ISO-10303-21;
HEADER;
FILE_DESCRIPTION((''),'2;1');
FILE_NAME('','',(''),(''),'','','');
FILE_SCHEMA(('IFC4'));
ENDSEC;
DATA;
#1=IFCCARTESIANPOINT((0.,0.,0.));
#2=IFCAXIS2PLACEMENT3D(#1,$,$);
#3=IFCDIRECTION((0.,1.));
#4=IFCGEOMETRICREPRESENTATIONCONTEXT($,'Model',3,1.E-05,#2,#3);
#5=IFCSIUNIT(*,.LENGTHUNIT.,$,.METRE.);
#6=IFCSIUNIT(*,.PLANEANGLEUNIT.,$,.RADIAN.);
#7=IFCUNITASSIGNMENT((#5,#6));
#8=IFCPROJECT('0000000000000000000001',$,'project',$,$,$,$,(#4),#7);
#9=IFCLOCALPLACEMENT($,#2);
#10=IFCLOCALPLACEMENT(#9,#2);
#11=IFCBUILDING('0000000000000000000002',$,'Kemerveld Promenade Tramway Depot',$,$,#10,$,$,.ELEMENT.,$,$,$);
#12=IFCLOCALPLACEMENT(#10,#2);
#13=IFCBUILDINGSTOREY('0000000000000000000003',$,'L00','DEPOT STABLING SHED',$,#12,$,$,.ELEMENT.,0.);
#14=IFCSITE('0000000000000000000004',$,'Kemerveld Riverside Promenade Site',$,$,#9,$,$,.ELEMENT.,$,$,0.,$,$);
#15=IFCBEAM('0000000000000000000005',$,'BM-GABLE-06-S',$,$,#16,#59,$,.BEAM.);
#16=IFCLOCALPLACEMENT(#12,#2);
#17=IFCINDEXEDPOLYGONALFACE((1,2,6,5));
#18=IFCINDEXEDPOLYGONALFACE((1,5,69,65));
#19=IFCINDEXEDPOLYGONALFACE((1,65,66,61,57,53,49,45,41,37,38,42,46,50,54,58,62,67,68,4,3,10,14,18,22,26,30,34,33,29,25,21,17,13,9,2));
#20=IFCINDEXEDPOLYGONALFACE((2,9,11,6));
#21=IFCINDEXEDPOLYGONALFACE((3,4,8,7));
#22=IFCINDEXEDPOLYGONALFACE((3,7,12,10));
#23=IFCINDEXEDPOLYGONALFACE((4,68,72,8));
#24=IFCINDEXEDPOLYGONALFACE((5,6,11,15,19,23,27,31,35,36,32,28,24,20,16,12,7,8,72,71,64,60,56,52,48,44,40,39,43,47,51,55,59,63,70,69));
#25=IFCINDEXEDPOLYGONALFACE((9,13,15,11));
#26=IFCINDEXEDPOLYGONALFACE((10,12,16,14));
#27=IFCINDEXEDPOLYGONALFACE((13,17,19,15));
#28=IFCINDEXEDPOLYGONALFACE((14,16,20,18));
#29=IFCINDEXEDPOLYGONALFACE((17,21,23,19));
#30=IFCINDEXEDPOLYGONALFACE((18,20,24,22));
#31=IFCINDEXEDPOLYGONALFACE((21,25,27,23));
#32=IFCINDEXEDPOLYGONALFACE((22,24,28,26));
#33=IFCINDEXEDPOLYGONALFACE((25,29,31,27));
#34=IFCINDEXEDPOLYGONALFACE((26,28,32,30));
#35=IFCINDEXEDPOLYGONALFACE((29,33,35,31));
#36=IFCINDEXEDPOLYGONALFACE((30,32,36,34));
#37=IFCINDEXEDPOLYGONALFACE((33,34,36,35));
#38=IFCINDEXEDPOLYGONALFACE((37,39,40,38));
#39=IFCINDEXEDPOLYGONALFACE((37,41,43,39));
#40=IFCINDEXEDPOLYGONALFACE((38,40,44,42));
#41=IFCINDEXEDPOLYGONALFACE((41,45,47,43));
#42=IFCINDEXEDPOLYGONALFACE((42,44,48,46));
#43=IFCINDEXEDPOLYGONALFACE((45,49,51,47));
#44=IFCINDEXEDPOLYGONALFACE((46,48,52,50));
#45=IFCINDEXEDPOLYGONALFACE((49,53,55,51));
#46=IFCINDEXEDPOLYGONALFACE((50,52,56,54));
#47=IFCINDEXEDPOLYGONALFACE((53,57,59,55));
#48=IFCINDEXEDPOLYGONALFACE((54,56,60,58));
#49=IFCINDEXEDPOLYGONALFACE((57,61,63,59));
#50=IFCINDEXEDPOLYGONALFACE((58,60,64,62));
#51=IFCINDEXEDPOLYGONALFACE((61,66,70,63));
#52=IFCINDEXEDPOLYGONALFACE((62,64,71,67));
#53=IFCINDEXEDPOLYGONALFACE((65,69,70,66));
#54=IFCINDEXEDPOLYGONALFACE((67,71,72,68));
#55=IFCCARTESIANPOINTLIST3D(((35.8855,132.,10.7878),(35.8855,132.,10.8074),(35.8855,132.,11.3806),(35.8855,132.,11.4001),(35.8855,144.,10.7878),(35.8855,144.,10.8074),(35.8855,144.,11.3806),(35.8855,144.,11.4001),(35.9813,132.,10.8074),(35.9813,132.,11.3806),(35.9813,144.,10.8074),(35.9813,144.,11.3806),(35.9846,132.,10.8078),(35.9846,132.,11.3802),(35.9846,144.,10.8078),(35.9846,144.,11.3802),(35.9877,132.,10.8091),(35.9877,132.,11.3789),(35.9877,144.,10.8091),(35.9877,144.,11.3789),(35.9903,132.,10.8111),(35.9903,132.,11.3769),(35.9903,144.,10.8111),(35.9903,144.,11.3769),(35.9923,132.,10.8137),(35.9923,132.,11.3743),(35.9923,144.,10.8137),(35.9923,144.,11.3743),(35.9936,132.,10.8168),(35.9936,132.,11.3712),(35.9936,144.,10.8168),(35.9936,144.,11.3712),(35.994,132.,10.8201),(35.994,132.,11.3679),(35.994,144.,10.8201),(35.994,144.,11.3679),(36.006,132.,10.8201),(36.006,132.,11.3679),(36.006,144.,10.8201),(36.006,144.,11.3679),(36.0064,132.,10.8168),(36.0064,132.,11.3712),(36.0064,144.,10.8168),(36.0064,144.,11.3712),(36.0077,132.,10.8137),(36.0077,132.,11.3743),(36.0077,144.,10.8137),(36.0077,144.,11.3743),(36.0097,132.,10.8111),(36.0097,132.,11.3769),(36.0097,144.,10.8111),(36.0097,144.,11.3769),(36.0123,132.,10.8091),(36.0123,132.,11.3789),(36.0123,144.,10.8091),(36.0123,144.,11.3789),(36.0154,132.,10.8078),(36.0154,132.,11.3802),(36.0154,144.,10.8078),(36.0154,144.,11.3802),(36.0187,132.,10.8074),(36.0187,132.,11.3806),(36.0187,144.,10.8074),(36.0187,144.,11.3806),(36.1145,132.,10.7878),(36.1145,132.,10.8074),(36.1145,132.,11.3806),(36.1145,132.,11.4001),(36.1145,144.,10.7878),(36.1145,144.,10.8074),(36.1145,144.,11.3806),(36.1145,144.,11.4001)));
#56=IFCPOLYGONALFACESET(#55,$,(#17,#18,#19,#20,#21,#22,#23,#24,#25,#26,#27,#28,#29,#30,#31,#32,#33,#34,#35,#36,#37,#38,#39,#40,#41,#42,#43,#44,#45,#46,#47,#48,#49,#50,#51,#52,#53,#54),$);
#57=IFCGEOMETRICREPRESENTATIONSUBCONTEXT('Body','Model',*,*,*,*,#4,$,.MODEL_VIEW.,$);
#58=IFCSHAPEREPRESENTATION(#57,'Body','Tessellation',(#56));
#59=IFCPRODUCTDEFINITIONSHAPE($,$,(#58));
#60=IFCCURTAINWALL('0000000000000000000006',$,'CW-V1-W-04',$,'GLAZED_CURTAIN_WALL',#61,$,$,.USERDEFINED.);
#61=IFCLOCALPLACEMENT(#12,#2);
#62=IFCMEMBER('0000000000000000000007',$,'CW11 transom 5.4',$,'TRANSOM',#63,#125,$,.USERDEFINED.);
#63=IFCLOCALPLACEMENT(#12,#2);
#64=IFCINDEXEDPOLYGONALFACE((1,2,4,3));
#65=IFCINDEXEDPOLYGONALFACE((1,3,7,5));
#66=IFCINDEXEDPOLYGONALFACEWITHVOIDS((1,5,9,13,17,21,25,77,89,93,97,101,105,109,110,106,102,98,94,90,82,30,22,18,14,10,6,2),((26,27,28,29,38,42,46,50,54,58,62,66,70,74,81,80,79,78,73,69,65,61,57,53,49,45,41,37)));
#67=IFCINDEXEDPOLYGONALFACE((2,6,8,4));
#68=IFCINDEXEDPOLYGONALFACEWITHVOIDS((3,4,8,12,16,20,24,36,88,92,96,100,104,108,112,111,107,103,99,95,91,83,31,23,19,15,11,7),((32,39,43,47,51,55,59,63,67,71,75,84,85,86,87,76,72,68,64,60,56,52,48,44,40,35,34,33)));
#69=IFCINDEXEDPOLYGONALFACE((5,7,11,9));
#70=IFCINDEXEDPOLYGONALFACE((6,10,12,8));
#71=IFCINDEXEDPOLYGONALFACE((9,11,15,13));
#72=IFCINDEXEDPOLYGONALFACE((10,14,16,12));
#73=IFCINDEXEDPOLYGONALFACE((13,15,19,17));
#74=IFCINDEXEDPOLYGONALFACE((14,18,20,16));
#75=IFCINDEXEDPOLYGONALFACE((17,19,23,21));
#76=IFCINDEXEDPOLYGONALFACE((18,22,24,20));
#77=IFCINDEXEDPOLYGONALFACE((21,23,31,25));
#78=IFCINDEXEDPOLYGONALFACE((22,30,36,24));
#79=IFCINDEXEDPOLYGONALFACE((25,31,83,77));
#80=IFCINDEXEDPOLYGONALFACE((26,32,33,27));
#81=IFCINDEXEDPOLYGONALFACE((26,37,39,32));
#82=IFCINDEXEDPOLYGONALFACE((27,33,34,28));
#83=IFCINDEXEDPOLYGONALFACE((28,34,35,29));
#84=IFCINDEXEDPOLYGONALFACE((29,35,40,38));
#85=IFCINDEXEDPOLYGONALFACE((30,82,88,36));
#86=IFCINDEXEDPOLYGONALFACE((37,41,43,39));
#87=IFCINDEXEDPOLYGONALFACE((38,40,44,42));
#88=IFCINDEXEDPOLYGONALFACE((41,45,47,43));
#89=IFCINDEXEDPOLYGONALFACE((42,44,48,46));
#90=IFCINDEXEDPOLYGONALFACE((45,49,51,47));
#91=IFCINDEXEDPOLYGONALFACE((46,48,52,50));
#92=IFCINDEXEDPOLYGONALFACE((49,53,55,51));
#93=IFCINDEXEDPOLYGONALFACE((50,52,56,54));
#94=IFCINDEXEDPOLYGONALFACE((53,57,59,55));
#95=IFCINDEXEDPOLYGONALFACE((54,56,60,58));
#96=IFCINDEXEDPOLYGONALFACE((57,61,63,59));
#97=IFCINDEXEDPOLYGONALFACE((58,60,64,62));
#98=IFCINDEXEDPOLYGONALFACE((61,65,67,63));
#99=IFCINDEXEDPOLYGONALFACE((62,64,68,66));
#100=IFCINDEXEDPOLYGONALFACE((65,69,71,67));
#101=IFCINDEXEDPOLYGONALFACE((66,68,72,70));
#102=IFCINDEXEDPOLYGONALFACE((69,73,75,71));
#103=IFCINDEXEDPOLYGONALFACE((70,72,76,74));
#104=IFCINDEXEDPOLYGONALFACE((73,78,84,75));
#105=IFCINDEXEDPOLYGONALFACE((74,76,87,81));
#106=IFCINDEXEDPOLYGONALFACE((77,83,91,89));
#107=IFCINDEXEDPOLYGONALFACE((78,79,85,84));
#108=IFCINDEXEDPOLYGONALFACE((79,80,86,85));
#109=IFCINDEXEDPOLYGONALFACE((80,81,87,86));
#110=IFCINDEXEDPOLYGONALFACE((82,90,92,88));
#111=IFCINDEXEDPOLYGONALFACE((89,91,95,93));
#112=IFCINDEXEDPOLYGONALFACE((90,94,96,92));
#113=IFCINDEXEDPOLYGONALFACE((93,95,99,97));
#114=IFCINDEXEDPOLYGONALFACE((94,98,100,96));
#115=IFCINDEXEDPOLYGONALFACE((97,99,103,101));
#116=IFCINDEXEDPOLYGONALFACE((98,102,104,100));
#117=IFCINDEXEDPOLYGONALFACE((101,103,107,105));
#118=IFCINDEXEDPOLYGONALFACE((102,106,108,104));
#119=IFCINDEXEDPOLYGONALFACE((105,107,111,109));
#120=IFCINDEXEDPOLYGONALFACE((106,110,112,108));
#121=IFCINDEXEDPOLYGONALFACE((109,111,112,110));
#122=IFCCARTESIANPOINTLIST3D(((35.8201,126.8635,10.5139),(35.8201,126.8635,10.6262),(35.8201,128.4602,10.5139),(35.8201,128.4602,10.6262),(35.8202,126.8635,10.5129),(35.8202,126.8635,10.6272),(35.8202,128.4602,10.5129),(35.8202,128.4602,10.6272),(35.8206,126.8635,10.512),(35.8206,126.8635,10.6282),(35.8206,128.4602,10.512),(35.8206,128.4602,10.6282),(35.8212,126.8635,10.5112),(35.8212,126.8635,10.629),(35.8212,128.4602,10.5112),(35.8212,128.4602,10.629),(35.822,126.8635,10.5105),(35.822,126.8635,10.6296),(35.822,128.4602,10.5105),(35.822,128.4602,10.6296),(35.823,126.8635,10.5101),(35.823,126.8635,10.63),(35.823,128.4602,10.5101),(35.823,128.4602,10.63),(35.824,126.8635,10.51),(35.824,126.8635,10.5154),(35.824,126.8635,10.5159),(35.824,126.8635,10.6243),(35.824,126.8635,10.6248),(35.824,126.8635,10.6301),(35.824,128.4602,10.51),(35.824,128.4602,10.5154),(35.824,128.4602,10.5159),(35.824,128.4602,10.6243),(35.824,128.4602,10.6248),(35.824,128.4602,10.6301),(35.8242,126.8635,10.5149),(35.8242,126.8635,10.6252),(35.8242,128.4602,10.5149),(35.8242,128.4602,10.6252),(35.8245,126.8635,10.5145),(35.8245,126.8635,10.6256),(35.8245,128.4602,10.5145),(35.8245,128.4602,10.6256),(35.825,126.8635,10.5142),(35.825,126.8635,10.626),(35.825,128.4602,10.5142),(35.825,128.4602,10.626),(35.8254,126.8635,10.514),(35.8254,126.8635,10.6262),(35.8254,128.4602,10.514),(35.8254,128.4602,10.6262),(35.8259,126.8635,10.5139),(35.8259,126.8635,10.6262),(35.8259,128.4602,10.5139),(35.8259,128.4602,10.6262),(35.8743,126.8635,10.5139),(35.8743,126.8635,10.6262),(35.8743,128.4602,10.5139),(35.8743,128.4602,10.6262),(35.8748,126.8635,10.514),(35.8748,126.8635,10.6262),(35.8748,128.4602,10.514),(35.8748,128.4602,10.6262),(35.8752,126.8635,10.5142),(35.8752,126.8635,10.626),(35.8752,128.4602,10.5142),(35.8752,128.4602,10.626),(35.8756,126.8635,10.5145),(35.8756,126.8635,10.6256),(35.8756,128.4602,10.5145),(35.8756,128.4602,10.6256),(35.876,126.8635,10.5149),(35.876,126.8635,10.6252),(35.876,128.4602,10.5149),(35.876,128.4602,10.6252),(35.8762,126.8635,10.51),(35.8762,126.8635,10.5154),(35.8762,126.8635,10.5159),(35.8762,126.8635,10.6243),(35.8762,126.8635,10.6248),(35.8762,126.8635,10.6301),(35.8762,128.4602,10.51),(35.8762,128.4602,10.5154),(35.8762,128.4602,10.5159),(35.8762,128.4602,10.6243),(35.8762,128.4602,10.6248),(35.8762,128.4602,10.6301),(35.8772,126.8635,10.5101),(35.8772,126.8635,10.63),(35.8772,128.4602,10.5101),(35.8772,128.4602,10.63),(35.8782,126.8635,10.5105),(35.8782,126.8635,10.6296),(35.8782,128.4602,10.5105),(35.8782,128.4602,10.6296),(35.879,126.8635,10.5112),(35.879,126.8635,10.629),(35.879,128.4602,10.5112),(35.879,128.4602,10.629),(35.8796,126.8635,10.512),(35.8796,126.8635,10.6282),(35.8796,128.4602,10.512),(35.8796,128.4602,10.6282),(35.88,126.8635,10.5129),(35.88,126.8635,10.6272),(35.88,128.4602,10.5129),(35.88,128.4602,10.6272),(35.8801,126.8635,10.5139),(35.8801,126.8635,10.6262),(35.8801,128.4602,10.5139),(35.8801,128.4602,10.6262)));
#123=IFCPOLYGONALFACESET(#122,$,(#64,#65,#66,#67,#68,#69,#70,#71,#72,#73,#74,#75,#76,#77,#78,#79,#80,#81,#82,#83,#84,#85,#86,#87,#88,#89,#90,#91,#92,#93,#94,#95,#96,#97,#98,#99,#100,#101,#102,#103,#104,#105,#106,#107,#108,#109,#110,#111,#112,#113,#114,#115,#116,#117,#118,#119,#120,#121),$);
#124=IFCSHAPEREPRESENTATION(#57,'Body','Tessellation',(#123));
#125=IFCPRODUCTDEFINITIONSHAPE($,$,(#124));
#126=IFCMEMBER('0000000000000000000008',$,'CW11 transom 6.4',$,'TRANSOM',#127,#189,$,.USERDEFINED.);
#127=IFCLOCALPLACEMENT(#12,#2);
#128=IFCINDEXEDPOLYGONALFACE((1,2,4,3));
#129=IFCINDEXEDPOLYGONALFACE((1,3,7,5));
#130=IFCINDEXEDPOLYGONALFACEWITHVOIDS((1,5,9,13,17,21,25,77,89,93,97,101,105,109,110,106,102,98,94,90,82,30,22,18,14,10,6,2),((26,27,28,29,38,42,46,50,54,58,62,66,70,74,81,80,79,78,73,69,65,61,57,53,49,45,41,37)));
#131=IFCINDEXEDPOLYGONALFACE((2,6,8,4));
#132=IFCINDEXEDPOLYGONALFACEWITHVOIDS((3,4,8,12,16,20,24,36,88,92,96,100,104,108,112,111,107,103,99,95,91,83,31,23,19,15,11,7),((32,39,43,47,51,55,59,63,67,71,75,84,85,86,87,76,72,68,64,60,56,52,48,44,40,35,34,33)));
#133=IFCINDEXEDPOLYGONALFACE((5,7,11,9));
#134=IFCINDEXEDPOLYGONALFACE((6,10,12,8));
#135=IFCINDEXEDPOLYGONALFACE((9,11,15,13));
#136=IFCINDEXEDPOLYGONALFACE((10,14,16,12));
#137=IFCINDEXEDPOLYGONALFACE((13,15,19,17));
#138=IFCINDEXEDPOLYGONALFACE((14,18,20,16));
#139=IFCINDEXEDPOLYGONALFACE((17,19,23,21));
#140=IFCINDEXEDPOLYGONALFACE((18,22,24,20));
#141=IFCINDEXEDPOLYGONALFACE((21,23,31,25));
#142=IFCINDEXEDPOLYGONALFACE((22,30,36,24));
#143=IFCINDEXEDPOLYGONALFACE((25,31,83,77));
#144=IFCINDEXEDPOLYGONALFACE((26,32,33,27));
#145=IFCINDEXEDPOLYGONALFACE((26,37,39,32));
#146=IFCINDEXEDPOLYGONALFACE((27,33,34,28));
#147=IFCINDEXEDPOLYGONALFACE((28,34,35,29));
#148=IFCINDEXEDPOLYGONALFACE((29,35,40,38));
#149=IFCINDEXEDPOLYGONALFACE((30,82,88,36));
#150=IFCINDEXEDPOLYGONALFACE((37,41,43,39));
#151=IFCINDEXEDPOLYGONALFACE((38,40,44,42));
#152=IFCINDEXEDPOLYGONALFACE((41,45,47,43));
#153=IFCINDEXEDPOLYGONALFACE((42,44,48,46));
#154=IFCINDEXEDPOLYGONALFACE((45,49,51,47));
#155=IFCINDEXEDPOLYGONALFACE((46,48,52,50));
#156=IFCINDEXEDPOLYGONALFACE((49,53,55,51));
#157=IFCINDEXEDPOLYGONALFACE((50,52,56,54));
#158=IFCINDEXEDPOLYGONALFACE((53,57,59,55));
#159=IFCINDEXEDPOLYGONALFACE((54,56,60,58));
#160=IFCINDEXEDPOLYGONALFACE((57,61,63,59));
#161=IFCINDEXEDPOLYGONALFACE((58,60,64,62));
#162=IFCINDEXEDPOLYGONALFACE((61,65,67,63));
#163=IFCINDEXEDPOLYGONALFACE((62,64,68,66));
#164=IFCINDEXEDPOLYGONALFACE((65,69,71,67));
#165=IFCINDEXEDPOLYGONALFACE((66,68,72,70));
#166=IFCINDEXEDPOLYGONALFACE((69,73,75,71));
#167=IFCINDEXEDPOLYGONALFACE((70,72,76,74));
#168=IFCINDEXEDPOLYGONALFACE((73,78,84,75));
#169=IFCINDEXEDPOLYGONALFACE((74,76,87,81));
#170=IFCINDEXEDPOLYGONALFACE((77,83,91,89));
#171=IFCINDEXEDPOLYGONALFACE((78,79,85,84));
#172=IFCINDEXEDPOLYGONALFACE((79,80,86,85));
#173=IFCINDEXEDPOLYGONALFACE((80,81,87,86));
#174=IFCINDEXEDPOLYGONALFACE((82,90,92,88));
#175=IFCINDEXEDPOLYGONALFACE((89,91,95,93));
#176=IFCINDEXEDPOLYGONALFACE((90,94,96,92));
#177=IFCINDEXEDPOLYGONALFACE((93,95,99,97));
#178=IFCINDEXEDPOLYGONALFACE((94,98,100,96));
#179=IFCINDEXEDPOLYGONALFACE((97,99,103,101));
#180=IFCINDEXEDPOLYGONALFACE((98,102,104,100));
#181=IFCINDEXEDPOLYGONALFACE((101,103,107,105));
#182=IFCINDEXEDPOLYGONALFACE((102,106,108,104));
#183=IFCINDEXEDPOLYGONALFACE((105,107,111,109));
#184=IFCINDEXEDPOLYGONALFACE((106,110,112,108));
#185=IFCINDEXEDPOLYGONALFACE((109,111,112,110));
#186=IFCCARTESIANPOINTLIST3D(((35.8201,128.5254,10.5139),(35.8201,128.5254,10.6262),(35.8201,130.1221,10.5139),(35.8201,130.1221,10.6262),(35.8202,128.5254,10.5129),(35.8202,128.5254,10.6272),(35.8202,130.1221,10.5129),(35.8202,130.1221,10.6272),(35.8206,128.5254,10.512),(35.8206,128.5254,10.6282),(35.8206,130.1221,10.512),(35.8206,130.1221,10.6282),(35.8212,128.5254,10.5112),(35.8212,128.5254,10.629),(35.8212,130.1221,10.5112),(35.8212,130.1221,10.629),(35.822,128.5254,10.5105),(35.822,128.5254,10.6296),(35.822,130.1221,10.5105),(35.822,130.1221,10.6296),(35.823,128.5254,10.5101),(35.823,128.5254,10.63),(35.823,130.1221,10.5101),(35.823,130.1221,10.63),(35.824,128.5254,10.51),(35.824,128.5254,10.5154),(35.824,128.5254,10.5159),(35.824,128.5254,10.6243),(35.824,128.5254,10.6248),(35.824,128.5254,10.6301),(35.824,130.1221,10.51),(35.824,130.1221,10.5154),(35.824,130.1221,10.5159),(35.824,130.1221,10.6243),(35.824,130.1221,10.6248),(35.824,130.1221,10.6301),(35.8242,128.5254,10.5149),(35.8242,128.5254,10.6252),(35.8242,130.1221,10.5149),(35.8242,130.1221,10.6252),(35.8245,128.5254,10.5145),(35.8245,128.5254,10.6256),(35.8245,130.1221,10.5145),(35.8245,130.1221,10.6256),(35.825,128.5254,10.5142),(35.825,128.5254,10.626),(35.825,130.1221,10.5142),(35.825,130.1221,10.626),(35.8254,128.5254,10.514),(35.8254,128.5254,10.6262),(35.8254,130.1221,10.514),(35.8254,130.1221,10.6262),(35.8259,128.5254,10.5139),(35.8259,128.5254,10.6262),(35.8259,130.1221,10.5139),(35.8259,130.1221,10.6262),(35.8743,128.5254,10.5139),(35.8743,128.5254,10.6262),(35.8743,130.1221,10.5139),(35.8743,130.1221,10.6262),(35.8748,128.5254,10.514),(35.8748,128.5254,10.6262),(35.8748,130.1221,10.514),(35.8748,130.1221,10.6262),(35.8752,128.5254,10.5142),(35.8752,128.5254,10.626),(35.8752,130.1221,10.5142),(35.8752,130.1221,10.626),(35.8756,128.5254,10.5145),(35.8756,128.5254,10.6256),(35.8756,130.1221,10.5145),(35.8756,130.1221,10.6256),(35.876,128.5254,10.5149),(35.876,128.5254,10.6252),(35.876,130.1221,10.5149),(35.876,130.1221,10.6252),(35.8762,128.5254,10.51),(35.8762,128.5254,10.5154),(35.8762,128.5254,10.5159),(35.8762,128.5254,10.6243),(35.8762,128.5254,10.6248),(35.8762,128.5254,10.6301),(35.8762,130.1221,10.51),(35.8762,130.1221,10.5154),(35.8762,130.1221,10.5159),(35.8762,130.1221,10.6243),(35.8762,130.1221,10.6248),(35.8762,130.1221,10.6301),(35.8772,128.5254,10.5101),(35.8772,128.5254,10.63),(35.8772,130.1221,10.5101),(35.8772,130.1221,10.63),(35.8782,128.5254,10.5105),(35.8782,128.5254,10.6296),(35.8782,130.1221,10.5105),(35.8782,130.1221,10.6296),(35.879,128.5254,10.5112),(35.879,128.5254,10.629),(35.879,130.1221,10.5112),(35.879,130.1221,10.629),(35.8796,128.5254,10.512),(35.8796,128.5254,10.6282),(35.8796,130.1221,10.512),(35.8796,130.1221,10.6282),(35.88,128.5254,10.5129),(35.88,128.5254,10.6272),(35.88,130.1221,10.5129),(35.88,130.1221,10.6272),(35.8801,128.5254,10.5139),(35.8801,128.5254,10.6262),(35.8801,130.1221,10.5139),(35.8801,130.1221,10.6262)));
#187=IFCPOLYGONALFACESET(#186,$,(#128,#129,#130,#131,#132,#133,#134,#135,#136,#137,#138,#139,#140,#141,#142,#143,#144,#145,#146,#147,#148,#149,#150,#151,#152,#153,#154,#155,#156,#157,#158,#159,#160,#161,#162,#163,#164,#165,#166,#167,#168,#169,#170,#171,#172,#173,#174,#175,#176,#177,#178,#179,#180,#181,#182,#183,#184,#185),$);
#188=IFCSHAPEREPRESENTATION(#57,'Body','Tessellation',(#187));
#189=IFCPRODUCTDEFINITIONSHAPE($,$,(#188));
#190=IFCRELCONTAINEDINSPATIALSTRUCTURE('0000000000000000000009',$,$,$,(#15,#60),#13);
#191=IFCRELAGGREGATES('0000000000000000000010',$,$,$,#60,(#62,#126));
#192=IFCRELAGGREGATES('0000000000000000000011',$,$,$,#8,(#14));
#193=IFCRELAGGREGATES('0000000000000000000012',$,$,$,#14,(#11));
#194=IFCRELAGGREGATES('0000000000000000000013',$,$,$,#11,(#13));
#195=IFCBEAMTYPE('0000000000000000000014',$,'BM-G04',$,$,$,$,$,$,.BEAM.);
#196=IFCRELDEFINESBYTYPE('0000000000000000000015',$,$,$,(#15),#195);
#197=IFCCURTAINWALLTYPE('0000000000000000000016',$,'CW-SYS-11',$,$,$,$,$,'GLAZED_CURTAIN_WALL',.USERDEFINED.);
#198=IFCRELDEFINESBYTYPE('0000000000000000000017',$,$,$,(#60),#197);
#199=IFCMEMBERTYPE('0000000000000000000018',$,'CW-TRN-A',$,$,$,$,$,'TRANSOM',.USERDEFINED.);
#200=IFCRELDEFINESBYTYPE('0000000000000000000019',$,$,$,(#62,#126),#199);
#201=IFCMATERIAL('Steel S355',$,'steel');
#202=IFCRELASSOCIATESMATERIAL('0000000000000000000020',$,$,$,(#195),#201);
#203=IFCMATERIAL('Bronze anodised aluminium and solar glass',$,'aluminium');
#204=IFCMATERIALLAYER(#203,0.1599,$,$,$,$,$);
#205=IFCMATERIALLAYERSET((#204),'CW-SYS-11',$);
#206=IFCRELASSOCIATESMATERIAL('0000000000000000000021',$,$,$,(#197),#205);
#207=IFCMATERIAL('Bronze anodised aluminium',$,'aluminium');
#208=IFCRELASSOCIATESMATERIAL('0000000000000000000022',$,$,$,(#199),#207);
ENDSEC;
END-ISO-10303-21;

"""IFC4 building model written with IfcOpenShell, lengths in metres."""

from ifc_helpers import new_model, si_unit, direction, frame, origin, origin_2d, place, context, subcontext, project, spatial, hollow_rectangle, i_section, extrude, material, layer, layer_set, material_profile, profile_set, type_object, element, aggregate, save


model = new_model("IFC4")

# Units and contexts
model_context = context("Model", 3, precision=1e-05, world=origin(), true_north=direction((0.0, 1.0)))
body_context = subcontext(model_context, "Body", "Model", "MODEL_VIEW")
ifc_project = project(units=[si_unit("LENGTHUNIT", "METRE"), si_unit("PLANEANGLEUNIT", "RADIAN")], contexts=[model_context])

# Site, building, storey
site_placement = place(None, origin())
site = spatial("IfcSite", under=ifc_project, at=site_placement, Name="Kemerveld Riverside Promenade Site", CompositionType="ELEMENT", RefElevation=0.0)
building_placement = place(site_placement, origin())
building = spatial("IfcBuilding", under=site, at=building_placement, Name="Kemerveld Promenade Tramway Depot", CompositionType="ELEMENT")
storey_placement = place(building_placement, origin())
storey = spatial("IfcBuildingStorey", under=building, at=storey_placement, Name="L00", Description="DEPOT STABLING SHED", CompositionType="ELEMENT", Elevation=0.0)

# Beam
ifc_material_1 = material(Name="Steel S355", Category="steel")
ifc_material_profile_1 = material_profile(ifc_material_1, i_section(OverallWidth=0.229, OverallDepth=0.6123, WebThickness=0.012, FlangeThickness=0.0195, FilletRadius=0.0127, at=origin_2d()), Name="610x229x125 UB")
ifc_profile_set_1 = profile_set([ifc_material_profile_1], Name="Steel S355")
beam_type = type_object("IfcBeamType", Name="BM-G04", PredefinedType="BEAM", material=ifc_profile_set_1)
beam_placement = place(storey_placement, frame((36.0, 132.0, 11.094), z_axis=(0.0, 1.0, 0.0), x_axis=(-1.0, 0.0, 0.0)))
element("IfcBeam", 1, at=beam_placement, inside=storey, type_object=beam_type, Name="BM-GABLE-06-S", PredefinedType="BEAM", context=body_context, shape_type="SweptSolid", body=[
    extrude(i_section(OverallWidth=0.229, OverallDepth=0.6123, WebThickness=0.012, FlangeThickness=0.0195, FilletRadius=0.0127, at=origin_2d()), origin(), (0.0, 0.0, 1.0), 12.0),
])

# Curtain wall, members
ifc_material_2 = material(Name="Bronze anodised aluminium and solar glass", Category="aluminium")
ifc_layer_1 = layer(ifc_material_2, 0.1599)
ifc_layer_set_1 = layer_set([ifc_layer_1], Name="CW-SYS-11")
curtain_wall_type = type_object("IfcCurtainWallType", Name="CW-SYS-11", ElementType="GLAZED_CURTAIN_WALL", PredefinedType="USERDEFINED", material=ifc_layer_set_1)
curtain_wall_placement = place(storey_placement, origin())
curtain_wall = element("IfcCurtainWall", 2, at=curtain_wall_placement, inside=storey, type_object=curtain_wall_type, Name="CW-V1-W-04", ObjectType="GLAZED_CURTAIN_WALL", PredefinedType="USERDEFINED")
ifc_material_3 = material(Name="Bronze anodised aluminium", Category="aluminium")
ifc_material_profile_2 = material_profile(ifc_material_3, hollow_rectangle(XDim=0.0601, YDim=0.1201, WallThickness=0.0039, InnerFilletRadius=0.002, OuterFilletRadius=0.0039, at=origin_2d()), Name="CW-TRN-120x60")
ifc_profile_set_2 = profile_set([ifc_material_profile_2], Name="Bronze anodised aluminium")
member_type_1 = type_object("IfcMemberType", Name="CW-TRN-A", ElementType="TRANSOM", PredefinedType="USERDEFINED", material=ifc_profile_set_2)
member_1_placement = place(storey_placement, frame((35.8501, 126.8635, 10.5701), z_axis=(0.0, 1.0, 0.0), x_axis=(-1.0, 0.0, 0.0)))
member_1 = element("IfcMember", 3, at=member_1_placement, type_object=member_type_1, Name="CW11 transom 5.4", ObjectType="TRANSOM", PredefinedType="USERDEFINED", context=body_context, shape_type="SweptSolid", body=[
    extrude(hollow_rectangle(XDim=0.0601, YDim=0.1201, WallThickness=0.0039, InnerFilletRadius=0.002, OuterFilletRadius=0.0039, at=origin_2d()), origin(), (0.0, 0.0, 1.0), 1.5967),
])
member_2_placement = place(storey_placement, frame((35.8501, 128.5254, 10.5701), z_axis=(0.0, 1.0, 0.0), x_axis=(-1.0, 0.0, 0.0)))
member_2 = element("IfcMember", 4, at=member_2_placement, type_object=member_type_1, Name="CW11 transom 6.4", ObjectType="TRANSOM", PredefinedType="USERDEFINED", context=body_context, shape_type="SweptSolid", body=[
    extrude(hollow_rectangle(XDim=0.0601, YDim=0.1201, WallThickness=0.0039, InnerFilletRadius=0.002, OuterFilletRadius=0.0039, at=origin_2d()), origin(), (0.0, 0.0, 1.0), 1.5967),
])
aggregate(curtain_wall, [member_1, member_2])

save(model, "model.ifc")
